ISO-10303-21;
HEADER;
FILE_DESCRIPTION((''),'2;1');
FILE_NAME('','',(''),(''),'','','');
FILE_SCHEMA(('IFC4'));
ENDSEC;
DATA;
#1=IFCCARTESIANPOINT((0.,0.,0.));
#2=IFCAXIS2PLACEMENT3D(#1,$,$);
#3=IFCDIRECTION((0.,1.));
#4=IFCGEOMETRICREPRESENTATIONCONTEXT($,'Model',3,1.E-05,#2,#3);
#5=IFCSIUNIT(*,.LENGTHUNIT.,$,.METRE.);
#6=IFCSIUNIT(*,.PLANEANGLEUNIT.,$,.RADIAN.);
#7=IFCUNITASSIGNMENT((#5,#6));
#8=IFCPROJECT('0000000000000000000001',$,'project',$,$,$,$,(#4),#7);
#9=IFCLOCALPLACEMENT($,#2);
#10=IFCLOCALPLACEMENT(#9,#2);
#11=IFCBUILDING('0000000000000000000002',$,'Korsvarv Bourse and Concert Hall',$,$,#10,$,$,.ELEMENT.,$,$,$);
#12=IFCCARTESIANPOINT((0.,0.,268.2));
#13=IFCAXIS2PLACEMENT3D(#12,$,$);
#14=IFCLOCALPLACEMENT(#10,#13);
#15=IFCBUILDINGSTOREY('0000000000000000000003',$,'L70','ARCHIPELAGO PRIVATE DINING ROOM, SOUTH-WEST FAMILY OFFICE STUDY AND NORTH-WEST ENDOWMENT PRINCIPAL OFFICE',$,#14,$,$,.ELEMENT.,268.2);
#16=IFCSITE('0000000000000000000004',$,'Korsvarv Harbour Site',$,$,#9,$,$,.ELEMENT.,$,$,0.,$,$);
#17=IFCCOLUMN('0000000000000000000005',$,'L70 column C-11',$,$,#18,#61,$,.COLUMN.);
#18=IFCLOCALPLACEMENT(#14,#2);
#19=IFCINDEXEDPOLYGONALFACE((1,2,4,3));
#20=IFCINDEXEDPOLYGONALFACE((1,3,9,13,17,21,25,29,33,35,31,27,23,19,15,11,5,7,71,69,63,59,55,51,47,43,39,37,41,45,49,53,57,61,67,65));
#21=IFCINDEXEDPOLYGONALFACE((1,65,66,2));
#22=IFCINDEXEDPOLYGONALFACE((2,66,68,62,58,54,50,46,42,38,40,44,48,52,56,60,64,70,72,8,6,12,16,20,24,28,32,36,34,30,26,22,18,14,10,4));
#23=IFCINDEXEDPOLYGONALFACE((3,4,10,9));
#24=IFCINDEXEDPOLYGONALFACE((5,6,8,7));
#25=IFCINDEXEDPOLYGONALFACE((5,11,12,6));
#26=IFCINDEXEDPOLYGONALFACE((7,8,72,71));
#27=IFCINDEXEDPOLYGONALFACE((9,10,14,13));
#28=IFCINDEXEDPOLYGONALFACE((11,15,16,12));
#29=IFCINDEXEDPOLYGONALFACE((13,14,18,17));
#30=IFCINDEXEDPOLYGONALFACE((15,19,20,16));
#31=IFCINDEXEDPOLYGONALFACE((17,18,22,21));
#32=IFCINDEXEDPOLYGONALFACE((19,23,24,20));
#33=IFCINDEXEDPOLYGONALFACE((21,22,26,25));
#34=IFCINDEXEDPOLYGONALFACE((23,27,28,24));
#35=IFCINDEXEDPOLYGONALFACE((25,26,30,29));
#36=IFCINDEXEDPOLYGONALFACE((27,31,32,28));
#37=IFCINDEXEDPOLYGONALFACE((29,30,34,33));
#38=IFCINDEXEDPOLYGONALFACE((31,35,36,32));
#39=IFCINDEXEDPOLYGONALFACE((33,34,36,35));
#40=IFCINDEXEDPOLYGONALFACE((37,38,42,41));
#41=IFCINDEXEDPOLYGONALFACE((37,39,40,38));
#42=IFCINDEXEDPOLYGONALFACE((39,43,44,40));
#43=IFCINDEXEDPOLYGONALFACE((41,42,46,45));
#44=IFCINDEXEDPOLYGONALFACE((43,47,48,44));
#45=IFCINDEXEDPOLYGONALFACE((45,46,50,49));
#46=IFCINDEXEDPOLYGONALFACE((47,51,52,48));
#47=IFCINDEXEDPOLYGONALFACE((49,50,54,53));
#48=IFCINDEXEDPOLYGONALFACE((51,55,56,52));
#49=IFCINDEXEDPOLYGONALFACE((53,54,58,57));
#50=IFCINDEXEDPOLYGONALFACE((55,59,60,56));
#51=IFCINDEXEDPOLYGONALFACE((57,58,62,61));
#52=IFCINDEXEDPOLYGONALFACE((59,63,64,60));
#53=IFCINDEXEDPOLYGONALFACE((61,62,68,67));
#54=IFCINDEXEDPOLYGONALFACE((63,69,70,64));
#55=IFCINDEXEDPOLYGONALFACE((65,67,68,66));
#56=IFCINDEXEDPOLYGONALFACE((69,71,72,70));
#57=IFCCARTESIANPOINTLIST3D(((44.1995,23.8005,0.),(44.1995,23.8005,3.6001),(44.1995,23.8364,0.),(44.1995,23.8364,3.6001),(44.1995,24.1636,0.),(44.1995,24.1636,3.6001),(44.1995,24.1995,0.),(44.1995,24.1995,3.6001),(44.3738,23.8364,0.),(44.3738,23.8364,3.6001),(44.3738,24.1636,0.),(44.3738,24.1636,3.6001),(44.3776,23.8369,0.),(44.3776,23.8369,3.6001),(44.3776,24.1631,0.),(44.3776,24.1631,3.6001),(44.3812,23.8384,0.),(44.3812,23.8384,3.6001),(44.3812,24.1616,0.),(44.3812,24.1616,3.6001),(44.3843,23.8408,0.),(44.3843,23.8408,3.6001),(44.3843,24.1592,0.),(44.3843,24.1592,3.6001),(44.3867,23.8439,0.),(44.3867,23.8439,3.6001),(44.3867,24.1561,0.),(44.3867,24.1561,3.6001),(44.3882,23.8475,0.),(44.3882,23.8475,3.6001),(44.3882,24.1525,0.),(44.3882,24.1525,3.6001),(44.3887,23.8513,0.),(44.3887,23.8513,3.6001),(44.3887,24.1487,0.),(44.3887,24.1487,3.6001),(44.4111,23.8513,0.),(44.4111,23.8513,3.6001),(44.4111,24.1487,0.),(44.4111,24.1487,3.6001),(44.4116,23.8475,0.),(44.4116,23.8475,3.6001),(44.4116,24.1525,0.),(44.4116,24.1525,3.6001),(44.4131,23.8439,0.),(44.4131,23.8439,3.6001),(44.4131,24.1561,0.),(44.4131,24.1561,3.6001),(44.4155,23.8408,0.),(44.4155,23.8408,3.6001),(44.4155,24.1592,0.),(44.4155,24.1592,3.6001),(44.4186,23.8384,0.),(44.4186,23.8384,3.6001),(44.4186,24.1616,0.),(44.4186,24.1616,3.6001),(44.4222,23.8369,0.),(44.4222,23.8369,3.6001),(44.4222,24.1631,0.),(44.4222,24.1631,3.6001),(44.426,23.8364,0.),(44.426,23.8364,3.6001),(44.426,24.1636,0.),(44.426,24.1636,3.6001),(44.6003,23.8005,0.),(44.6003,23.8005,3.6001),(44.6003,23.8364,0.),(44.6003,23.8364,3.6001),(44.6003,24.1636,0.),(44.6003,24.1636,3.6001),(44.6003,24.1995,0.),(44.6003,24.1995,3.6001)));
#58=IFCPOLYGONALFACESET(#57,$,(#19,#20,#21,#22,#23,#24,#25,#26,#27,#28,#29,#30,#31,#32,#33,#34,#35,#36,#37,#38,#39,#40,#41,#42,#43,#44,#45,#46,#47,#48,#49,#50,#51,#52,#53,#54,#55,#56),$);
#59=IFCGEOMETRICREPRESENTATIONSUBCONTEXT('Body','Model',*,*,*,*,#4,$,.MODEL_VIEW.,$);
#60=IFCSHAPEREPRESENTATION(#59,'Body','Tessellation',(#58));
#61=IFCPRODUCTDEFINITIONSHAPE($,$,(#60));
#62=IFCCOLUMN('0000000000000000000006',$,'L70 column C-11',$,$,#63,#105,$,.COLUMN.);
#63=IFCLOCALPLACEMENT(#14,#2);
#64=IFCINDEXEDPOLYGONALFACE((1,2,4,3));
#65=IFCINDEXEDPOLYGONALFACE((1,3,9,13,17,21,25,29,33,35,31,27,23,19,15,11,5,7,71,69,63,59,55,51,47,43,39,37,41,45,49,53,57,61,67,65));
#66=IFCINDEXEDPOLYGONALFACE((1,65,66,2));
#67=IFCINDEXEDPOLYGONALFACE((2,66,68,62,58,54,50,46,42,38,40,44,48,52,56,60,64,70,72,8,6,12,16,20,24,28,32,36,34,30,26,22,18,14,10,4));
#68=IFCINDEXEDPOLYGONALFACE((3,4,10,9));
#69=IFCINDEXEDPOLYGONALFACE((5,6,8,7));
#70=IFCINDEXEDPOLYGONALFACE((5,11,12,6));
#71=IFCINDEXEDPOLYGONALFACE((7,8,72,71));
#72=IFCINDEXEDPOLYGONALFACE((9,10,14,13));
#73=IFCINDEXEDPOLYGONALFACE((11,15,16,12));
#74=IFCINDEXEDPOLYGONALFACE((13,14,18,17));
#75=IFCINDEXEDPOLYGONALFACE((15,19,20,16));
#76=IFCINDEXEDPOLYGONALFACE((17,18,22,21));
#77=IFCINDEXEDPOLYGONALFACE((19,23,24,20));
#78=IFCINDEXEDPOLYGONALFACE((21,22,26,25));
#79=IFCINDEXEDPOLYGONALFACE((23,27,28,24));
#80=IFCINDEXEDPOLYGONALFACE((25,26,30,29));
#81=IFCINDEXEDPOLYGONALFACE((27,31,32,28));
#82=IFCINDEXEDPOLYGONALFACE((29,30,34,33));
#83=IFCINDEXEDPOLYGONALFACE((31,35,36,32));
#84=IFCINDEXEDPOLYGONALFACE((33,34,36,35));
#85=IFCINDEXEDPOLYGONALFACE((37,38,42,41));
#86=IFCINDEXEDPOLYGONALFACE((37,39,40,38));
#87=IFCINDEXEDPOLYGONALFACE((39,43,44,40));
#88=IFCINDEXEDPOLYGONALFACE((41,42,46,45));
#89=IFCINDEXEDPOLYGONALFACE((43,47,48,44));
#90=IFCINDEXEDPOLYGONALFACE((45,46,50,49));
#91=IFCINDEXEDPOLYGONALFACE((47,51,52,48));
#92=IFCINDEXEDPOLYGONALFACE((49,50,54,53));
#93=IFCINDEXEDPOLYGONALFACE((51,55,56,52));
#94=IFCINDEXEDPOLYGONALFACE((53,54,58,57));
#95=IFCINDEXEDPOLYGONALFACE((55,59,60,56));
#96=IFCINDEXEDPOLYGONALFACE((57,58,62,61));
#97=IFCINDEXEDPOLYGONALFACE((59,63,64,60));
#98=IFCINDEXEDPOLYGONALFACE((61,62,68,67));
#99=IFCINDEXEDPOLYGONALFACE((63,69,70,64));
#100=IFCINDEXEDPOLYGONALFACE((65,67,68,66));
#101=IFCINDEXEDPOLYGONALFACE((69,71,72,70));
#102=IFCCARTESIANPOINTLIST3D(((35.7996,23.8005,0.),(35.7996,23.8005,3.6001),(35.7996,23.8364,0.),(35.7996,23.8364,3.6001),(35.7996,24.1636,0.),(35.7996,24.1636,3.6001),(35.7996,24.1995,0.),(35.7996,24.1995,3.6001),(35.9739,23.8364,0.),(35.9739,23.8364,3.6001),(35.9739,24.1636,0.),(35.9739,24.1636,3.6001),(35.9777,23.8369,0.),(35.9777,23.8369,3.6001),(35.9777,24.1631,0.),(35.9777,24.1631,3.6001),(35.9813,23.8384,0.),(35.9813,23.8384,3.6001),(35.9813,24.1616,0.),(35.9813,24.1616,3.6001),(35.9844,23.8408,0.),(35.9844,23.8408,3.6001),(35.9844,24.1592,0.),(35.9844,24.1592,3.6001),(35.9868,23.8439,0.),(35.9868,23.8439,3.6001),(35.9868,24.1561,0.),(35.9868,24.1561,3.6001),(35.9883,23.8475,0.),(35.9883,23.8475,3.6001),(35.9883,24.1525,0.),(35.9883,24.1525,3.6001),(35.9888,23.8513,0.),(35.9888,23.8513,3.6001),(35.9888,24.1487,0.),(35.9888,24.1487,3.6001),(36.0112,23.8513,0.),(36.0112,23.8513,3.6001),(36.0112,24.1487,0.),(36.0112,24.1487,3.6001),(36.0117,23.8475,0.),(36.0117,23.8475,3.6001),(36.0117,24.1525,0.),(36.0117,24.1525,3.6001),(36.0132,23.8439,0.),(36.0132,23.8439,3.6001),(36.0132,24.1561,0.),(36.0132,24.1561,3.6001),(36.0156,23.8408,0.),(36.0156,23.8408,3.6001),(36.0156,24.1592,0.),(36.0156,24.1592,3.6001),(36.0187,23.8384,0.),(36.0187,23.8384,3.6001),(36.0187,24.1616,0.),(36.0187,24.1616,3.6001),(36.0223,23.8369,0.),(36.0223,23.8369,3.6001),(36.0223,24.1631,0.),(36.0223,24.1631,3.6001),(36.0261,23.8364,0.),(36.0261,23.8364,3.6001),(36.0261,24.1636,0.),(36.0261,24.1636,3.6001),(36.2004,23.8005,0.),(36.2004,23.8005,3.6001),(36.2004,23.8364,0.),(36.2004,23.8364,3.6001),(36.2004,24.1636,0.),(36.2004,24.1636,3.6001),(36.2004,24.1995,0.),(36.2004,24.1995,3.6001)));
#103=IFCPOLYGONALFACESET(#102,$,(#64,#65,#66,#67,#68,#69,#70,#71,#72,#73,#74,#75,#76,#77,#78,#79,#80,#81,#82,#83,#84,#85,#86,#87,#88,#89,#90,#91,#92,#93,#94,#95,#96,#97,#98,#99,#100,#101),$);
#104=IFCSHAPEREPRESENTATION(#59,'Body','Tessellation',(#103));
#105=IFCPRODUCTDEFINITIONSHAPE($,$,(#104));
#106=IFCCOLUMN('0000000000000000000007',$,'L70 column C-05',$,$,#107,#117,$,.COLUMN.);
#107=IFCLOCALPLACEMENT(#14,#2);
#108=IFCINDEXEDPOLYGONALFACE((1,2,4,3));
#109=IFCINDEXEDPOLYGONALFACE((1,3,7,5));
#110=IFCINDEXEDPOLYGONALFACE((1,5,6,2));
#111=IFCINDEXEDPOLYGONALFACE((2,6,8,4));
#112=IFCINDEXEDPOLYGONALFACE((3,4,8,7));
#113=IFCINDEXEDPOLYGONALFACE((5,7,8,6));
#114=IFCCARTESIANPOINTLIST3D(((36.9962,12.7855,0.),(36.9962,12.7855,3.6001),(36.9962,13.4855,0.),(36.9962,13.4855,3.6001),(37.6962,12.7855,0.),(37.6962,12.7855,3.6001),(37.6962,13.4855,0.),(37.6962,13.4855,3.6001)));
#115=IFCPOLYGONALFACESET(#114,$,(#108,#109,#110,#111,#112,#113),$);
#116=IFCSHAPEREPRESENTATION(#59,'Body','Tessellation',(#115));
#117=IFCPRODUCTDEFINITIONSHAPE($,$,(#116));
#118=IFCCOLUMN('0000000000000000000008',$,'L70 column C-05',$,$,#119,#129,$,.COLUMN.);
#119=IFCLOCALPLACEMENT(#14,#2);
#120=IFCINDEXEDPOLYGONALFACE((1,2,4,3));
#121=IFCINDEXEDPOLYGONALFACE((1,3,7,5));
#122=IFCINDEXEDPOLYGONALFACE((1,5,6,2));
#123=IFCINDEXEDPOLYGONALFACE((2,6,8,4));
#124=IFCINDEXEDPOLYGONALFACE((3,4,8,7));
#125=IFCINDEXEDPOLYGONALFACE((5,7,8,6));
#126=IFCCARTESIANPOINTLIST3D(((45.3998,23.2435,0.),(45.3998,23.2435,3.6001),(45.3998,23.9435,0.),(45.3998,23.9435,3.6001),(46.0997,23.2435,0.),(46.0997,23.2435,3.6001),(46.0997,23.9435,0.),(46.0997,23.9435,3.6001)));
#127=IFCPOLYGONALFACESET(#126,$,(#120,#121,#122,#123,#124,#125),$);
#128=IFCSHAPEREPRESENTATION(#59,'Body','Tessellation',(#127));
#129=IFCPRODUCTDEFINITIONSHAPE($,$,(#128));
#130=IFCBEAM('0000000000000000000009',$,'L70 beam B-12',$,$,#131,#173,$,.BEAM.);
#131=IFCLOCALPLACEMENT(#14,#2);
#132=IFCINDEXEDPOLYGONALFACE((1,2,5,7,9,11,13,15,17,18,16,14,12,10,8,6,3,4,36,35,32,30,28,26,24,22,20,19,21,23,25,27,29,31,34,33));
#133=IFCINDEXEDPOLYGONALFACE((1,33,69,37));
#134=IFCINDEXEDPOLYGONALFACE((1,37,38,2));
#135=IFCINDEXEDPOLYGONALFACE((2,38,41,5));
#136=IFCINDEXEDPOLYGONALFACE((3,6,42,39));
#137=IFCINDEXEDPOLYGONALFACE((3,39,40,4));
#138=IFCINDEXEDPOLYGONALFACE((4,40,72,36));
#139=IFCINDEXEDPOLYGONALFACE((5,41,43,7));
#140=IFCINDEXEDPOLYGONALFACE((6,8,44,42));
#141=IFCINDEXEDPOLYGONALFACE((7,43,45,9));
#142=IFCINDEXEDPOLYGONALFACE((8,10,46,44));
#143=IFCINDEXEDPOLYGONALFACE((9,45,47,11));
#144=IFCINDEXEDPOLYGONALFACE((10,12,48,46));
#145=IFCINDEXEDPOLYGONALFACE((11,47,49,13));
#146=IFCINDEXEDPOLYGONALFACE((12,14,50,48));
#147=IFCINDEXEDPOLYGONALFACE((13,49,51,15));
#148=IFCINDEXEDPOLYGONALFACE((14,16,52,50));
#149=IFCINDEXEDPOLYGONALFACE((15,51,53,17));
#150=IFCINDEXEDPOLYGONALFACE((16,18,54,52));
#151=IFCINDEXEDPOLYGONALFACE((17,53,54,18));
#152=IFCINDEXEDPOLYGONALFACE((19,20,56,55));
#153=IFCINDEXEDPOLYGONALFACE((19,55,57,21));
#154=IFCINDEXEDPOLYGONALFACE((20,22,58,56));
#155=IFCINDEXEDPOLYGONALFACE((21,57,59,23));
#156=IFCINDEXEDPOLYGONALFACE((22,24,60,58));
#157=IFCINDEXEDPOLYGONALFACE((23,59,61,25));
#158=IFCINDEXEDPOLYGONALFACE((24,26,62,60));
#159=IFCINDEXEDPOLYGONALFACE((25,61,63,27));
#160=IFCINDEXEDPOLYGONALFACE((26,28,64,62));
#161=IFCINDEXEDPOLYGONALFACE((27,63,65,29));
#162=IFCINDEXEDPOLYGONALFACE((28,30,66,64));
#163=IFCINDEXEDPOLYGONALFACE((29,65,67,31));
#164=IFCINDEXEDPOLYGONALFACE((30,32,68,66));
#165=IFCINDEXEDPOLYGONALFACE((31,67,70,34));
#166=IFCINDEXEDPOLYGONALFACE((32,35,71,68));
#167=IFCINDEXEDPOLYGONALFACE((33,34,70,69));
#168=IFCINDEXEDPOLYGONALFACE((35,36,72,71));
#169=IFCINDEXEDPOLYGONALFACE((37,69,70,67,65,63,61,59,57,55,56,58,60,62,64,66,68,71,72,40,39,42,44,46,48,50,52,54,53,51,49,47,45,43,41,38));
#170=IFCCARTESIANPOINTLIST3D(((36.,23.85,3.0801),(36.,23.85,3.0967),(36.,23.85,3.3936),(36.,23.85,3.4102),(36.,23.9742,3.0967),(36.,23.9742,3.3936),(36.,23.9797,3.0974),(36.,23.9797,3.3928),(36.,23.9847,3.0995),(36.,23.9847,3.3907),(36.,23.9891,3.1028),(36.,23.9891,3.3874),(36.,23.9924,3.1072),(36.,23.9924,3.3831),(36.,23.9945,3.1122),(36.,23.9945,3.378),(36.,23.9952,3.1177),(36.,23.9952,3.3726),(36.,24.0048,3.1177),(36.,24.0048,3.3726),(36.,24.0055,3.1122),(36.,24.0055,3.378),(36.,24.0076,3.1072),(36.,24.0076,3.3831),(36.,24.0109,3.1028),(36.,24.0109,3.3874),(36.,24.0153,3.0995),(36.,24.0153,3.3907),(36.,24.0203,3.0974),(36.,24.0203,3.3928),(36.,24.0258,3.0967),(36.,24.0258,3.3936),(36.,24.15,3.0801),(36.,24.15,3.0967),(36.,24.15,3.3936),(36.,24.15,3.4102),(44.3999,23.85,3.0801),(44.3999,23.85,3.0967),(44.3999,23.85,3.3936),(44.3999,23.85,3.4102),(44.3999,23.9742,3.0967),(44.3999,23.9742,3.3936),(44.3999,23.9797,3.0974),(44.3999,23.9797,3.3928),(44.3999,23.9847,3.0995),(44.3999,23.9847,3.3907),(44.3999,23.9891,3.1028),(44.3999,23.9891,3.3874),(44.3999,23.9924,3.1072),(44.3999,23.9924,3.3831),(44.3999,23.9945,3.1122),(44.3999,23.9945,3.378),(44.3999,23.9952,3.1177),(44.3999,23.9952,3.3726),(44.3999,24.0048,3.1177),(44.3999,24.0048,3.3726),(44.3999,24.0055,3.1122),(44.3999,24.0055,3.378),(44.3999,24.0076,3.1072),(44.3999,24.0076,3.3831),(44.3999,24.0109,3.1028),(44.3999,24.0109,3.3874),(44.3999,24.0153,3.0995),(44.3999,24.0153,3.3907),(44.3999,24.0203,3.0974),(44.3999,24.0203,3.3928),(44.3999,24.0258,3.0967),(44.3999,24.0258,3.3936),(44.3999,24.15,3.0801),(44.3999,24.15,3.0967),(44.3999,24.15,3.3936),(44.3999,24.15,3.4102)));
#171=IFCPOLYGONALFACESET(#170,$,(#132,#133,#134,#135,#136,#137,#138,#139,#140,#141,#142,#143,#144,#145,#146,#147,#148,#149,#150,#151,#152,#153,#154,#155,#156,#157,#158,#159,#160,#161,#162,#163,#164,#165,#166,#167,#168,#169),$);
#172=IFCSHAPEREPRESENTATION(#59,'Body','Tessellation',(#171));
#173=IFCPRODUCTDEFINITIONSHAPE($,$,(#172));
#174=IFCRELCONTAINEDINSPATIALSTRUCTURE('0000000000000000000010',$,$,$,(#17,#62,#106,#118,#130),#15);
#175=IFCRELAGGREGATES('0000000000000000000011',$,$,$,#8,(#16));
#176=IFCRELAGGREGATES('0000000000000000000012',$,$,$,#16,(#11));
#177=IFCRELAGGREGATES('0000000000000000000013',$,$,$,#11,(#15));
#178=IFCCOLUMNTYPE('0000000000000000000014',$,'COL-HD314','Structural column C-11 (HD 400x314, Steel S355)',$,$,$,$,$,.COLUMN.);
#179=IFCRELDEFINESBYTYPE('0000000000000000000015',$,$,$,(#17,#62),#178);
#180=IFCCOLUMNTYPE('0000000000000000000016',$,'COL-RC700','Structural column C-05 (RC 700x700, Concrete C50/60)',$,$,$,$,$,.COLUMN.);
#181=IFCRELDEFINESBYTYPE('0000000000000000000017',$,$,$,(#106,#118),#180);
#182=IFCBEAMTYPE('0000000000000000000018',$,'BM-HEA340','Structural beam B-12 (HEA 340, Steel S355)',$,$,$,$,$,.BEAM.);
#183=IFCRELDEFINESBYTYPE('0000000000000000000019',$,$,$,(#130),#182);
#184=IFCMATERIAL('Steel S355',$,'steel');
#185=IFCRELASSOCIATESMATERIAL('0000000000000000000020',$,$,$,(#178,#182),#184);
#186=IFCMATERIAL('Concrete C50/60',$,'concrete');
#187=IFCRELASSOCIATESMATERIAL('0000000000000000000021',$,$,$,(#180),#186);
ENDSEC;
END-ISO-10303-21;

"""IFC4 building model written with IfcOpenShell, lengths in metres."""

from ifc_helpers import new_model, si_unit, direction, frame, origin, origin_2d, place, context, subcontext, project, spatial, rectangle, i_section, extrude, source, transform, mapped, material, material_profile, profile_set, type_object, element, save


model = new_model("IFC4")

# Units and contexts
model_context = context("Model", 3, precision=1e-05, world=origin(), true_north=direction((0.0, 1.0)))
body_context = subcontext(model_context, "Body", "Model", "MODEL_VIEW")
ifc_project = project(units=[si_unit("LENGTHUNIT", "METRE"), si_unit("PLANEANGLEUNIT", "RADIAN")], contexts=[model_context])

# Site, building, storey
site_placement = place(None, origin())
site = spatial("IfcSite", under=ifc_project, at=site_placement, Name="Korsvarv Harbour Site", CompositionType="ELEMENT", RefElevation=0.0)
building_placement = place(site_placement, origin())
building = spatial("IfcBuilding", under=site, at=building_placement, Name="Korsvarv Bourse and Concert Hall", CompositionType="ELEMENT")
storey_placement = place(building_placement, frame((0.0, 0.0, 268.2)))
storey = spatial("IfcBuildingStorey", under=building, at=storey_placement, Name="L70", Description="ARCHIPELAGO PRIVATE DINING ROOM, SOUTH-WEST FAMILY OFFICE STUDY AND NORTH-WEST ENDOWMENT PRINCIPAL OFFICE", CompositionType="ELEMENT", Elevation=268.2)

# Columns
ifc_material_1 = material(Name="Steel S355", Category="steel")
ifc_material_profile_1 = material_profile(ifc_material_1, i_section(OverallWidth=0.4009, OverallDepth=0.3989, WebThickness=0.0225, FlangeThickness=0.0359, FilletRadius=0.0149, at=origin_2d()), Name="HD 400x314")
ifc_profile_set_1 = profile_set([ifc_material_profile_1], Name="Steel S355")
column_type_1 = type_object("IfcColumnType", Name="COL-HD314", Description="Structural column C-11 (HD 400x314, Steel S355)", PredefinedType="COLUMN", material=ifc_profile_set_1)
shared_shape_1 = source(origin(), body_context, "Body", "SweptSolid", [
    extrude(i_section(OverallWidth=0.4009, OverallDepth=0.3989, WebThickness=0.0225, FlangeThickness=0.0359, FilletRadius=0.0149, at=origin_2d()), origin(), (0.0, 0.0, 1.0), 3.6001),
])
for number, where, z_axis, x_axis, name in (
    (1, (44.3999, 24.0, 0.0), (0.0, 0.0, 1.0), (1.0, 0.0, 0.0), "L70 column C-11"),
    (2, (36.0, 24.0, 0.0), (0.0, 0.0, 1.0), (1.0, 0.0, 0.0), "L70 column C-11"),
):
    element("IfcColumn", number, at=place(storey_placement, frame(where, z_axis=z_axis, x_axis=x_axis)), inside=storey, type_object=column_type_1, Name=name, PredefinedType="COLUMN", context=body_context, shape_type="MappedRepresentation", body=[
        mapped(shared_shape_1, transform((0.0, 0.0, 0.0), scale=1.0)),
    ])
ifc_material_2 = material(Name="Concrete C50/60", Category="concrete")
ifc_material_profile_2 = material_profile(ifc_material_2, rectangle(XDim=0.7, YDim=0.7, at=origin_2d()), Name="RC 700x700")
ifc_profile_set_2 = profile_set([ifc_material_profile_2], Name="Concrete C50/60")
column_type_2 = type_object("IfcColumnType", Name="COL-RC700", Description="Structural column C-05 (RC 700x700, Concrete C50/60)", PredefinedType="COLUMN", material=ifc_profile_set_2)
shared_shape_2 = source(origin(), body_context, "Body", "SweptSolid", [
    extrude(rectangle(XDim=0.7, YDim=0.7, at=origin_2d()), origin(), (0.0, 0.0, 1.0), 3.6001),
])
for number, where, z_axis, x_axis, name in (
    (3, (37.3462, 13.1355, 0.0), (0.0, 0.0, 1.0), (1.0, 0.0, 0.0), "L70 column C-05"),
    (4, (45.7498, 23.5935, 0.0), (0.0, 0.0, 1.0), (1.0, 0.0, 0.0), "L70 column C-05"),
):
    element("IfcColumn", number, at=place(storey_placement, frame(where, z_axis=z_axis, x_axis=x_axis)), inside=storey, type_object=column_type_2, Name=name, PredefinedType="COLUMN", context=body_context, shape_type="MappedRepresentation", body=[
        mapped(shared_shape_2, transform((0.0, 0.0, 0.0), scale=1.0)),
    ])

# Beam
ifc_material_profile_3 = material_profile(ifc_material_1, i_section(OverallWidth=0.3, OverallDepth=0.3301, WebThickness=0.0095, FlangeThickness=0.0166, FilletRadius=0.021, at=origin_2d()), Name="HEA 340")
ifc_profile_set_3 = profile_set([ifc_material_profile_3], Name="Steel S355")
beam_type_1 = type_object("IfcBeamType", Name="BM-HEA340", Description="Structural beam B-12 (HEA 340, Steel S355)", PredefinedType="BEAM", material=ifc_profile_set_3)
shared_shape_3 = source(origin(), body_context, "Body", "SweptSolid", [
    extrude(i_section(OverallWidth=0.3, OverallDepth=0.3301, WebThickness=0.0095, FlangeThickness=0.0166, FilletRadius=0.021, at=origin_2d()), origin(), (0.0, 0.0, 1.0), 8.3999),
])
for number, where, z_axis, x_axis, name in (
    (5, (36.0, 24.0, 3.2451), (1.0, 0.0, 0.0), (0.0, 1.0, 0.0), "L70 beam B-12"),
):
    element("IfcBeam", number, at=place(storey_placement, frame(where, z_axis=z_axis, x_axis=x_axis)), inside=storey, type_object=beam_type_1, Name=name, PredefinedType="BEAM", context=body_context, shape_type="MappedRepresentation", body=[
        mapped(shared_shape_3, transform((0.0, 0.0, 0.0), scale=1.0)),
    ])

save(model, "model.ifc")
